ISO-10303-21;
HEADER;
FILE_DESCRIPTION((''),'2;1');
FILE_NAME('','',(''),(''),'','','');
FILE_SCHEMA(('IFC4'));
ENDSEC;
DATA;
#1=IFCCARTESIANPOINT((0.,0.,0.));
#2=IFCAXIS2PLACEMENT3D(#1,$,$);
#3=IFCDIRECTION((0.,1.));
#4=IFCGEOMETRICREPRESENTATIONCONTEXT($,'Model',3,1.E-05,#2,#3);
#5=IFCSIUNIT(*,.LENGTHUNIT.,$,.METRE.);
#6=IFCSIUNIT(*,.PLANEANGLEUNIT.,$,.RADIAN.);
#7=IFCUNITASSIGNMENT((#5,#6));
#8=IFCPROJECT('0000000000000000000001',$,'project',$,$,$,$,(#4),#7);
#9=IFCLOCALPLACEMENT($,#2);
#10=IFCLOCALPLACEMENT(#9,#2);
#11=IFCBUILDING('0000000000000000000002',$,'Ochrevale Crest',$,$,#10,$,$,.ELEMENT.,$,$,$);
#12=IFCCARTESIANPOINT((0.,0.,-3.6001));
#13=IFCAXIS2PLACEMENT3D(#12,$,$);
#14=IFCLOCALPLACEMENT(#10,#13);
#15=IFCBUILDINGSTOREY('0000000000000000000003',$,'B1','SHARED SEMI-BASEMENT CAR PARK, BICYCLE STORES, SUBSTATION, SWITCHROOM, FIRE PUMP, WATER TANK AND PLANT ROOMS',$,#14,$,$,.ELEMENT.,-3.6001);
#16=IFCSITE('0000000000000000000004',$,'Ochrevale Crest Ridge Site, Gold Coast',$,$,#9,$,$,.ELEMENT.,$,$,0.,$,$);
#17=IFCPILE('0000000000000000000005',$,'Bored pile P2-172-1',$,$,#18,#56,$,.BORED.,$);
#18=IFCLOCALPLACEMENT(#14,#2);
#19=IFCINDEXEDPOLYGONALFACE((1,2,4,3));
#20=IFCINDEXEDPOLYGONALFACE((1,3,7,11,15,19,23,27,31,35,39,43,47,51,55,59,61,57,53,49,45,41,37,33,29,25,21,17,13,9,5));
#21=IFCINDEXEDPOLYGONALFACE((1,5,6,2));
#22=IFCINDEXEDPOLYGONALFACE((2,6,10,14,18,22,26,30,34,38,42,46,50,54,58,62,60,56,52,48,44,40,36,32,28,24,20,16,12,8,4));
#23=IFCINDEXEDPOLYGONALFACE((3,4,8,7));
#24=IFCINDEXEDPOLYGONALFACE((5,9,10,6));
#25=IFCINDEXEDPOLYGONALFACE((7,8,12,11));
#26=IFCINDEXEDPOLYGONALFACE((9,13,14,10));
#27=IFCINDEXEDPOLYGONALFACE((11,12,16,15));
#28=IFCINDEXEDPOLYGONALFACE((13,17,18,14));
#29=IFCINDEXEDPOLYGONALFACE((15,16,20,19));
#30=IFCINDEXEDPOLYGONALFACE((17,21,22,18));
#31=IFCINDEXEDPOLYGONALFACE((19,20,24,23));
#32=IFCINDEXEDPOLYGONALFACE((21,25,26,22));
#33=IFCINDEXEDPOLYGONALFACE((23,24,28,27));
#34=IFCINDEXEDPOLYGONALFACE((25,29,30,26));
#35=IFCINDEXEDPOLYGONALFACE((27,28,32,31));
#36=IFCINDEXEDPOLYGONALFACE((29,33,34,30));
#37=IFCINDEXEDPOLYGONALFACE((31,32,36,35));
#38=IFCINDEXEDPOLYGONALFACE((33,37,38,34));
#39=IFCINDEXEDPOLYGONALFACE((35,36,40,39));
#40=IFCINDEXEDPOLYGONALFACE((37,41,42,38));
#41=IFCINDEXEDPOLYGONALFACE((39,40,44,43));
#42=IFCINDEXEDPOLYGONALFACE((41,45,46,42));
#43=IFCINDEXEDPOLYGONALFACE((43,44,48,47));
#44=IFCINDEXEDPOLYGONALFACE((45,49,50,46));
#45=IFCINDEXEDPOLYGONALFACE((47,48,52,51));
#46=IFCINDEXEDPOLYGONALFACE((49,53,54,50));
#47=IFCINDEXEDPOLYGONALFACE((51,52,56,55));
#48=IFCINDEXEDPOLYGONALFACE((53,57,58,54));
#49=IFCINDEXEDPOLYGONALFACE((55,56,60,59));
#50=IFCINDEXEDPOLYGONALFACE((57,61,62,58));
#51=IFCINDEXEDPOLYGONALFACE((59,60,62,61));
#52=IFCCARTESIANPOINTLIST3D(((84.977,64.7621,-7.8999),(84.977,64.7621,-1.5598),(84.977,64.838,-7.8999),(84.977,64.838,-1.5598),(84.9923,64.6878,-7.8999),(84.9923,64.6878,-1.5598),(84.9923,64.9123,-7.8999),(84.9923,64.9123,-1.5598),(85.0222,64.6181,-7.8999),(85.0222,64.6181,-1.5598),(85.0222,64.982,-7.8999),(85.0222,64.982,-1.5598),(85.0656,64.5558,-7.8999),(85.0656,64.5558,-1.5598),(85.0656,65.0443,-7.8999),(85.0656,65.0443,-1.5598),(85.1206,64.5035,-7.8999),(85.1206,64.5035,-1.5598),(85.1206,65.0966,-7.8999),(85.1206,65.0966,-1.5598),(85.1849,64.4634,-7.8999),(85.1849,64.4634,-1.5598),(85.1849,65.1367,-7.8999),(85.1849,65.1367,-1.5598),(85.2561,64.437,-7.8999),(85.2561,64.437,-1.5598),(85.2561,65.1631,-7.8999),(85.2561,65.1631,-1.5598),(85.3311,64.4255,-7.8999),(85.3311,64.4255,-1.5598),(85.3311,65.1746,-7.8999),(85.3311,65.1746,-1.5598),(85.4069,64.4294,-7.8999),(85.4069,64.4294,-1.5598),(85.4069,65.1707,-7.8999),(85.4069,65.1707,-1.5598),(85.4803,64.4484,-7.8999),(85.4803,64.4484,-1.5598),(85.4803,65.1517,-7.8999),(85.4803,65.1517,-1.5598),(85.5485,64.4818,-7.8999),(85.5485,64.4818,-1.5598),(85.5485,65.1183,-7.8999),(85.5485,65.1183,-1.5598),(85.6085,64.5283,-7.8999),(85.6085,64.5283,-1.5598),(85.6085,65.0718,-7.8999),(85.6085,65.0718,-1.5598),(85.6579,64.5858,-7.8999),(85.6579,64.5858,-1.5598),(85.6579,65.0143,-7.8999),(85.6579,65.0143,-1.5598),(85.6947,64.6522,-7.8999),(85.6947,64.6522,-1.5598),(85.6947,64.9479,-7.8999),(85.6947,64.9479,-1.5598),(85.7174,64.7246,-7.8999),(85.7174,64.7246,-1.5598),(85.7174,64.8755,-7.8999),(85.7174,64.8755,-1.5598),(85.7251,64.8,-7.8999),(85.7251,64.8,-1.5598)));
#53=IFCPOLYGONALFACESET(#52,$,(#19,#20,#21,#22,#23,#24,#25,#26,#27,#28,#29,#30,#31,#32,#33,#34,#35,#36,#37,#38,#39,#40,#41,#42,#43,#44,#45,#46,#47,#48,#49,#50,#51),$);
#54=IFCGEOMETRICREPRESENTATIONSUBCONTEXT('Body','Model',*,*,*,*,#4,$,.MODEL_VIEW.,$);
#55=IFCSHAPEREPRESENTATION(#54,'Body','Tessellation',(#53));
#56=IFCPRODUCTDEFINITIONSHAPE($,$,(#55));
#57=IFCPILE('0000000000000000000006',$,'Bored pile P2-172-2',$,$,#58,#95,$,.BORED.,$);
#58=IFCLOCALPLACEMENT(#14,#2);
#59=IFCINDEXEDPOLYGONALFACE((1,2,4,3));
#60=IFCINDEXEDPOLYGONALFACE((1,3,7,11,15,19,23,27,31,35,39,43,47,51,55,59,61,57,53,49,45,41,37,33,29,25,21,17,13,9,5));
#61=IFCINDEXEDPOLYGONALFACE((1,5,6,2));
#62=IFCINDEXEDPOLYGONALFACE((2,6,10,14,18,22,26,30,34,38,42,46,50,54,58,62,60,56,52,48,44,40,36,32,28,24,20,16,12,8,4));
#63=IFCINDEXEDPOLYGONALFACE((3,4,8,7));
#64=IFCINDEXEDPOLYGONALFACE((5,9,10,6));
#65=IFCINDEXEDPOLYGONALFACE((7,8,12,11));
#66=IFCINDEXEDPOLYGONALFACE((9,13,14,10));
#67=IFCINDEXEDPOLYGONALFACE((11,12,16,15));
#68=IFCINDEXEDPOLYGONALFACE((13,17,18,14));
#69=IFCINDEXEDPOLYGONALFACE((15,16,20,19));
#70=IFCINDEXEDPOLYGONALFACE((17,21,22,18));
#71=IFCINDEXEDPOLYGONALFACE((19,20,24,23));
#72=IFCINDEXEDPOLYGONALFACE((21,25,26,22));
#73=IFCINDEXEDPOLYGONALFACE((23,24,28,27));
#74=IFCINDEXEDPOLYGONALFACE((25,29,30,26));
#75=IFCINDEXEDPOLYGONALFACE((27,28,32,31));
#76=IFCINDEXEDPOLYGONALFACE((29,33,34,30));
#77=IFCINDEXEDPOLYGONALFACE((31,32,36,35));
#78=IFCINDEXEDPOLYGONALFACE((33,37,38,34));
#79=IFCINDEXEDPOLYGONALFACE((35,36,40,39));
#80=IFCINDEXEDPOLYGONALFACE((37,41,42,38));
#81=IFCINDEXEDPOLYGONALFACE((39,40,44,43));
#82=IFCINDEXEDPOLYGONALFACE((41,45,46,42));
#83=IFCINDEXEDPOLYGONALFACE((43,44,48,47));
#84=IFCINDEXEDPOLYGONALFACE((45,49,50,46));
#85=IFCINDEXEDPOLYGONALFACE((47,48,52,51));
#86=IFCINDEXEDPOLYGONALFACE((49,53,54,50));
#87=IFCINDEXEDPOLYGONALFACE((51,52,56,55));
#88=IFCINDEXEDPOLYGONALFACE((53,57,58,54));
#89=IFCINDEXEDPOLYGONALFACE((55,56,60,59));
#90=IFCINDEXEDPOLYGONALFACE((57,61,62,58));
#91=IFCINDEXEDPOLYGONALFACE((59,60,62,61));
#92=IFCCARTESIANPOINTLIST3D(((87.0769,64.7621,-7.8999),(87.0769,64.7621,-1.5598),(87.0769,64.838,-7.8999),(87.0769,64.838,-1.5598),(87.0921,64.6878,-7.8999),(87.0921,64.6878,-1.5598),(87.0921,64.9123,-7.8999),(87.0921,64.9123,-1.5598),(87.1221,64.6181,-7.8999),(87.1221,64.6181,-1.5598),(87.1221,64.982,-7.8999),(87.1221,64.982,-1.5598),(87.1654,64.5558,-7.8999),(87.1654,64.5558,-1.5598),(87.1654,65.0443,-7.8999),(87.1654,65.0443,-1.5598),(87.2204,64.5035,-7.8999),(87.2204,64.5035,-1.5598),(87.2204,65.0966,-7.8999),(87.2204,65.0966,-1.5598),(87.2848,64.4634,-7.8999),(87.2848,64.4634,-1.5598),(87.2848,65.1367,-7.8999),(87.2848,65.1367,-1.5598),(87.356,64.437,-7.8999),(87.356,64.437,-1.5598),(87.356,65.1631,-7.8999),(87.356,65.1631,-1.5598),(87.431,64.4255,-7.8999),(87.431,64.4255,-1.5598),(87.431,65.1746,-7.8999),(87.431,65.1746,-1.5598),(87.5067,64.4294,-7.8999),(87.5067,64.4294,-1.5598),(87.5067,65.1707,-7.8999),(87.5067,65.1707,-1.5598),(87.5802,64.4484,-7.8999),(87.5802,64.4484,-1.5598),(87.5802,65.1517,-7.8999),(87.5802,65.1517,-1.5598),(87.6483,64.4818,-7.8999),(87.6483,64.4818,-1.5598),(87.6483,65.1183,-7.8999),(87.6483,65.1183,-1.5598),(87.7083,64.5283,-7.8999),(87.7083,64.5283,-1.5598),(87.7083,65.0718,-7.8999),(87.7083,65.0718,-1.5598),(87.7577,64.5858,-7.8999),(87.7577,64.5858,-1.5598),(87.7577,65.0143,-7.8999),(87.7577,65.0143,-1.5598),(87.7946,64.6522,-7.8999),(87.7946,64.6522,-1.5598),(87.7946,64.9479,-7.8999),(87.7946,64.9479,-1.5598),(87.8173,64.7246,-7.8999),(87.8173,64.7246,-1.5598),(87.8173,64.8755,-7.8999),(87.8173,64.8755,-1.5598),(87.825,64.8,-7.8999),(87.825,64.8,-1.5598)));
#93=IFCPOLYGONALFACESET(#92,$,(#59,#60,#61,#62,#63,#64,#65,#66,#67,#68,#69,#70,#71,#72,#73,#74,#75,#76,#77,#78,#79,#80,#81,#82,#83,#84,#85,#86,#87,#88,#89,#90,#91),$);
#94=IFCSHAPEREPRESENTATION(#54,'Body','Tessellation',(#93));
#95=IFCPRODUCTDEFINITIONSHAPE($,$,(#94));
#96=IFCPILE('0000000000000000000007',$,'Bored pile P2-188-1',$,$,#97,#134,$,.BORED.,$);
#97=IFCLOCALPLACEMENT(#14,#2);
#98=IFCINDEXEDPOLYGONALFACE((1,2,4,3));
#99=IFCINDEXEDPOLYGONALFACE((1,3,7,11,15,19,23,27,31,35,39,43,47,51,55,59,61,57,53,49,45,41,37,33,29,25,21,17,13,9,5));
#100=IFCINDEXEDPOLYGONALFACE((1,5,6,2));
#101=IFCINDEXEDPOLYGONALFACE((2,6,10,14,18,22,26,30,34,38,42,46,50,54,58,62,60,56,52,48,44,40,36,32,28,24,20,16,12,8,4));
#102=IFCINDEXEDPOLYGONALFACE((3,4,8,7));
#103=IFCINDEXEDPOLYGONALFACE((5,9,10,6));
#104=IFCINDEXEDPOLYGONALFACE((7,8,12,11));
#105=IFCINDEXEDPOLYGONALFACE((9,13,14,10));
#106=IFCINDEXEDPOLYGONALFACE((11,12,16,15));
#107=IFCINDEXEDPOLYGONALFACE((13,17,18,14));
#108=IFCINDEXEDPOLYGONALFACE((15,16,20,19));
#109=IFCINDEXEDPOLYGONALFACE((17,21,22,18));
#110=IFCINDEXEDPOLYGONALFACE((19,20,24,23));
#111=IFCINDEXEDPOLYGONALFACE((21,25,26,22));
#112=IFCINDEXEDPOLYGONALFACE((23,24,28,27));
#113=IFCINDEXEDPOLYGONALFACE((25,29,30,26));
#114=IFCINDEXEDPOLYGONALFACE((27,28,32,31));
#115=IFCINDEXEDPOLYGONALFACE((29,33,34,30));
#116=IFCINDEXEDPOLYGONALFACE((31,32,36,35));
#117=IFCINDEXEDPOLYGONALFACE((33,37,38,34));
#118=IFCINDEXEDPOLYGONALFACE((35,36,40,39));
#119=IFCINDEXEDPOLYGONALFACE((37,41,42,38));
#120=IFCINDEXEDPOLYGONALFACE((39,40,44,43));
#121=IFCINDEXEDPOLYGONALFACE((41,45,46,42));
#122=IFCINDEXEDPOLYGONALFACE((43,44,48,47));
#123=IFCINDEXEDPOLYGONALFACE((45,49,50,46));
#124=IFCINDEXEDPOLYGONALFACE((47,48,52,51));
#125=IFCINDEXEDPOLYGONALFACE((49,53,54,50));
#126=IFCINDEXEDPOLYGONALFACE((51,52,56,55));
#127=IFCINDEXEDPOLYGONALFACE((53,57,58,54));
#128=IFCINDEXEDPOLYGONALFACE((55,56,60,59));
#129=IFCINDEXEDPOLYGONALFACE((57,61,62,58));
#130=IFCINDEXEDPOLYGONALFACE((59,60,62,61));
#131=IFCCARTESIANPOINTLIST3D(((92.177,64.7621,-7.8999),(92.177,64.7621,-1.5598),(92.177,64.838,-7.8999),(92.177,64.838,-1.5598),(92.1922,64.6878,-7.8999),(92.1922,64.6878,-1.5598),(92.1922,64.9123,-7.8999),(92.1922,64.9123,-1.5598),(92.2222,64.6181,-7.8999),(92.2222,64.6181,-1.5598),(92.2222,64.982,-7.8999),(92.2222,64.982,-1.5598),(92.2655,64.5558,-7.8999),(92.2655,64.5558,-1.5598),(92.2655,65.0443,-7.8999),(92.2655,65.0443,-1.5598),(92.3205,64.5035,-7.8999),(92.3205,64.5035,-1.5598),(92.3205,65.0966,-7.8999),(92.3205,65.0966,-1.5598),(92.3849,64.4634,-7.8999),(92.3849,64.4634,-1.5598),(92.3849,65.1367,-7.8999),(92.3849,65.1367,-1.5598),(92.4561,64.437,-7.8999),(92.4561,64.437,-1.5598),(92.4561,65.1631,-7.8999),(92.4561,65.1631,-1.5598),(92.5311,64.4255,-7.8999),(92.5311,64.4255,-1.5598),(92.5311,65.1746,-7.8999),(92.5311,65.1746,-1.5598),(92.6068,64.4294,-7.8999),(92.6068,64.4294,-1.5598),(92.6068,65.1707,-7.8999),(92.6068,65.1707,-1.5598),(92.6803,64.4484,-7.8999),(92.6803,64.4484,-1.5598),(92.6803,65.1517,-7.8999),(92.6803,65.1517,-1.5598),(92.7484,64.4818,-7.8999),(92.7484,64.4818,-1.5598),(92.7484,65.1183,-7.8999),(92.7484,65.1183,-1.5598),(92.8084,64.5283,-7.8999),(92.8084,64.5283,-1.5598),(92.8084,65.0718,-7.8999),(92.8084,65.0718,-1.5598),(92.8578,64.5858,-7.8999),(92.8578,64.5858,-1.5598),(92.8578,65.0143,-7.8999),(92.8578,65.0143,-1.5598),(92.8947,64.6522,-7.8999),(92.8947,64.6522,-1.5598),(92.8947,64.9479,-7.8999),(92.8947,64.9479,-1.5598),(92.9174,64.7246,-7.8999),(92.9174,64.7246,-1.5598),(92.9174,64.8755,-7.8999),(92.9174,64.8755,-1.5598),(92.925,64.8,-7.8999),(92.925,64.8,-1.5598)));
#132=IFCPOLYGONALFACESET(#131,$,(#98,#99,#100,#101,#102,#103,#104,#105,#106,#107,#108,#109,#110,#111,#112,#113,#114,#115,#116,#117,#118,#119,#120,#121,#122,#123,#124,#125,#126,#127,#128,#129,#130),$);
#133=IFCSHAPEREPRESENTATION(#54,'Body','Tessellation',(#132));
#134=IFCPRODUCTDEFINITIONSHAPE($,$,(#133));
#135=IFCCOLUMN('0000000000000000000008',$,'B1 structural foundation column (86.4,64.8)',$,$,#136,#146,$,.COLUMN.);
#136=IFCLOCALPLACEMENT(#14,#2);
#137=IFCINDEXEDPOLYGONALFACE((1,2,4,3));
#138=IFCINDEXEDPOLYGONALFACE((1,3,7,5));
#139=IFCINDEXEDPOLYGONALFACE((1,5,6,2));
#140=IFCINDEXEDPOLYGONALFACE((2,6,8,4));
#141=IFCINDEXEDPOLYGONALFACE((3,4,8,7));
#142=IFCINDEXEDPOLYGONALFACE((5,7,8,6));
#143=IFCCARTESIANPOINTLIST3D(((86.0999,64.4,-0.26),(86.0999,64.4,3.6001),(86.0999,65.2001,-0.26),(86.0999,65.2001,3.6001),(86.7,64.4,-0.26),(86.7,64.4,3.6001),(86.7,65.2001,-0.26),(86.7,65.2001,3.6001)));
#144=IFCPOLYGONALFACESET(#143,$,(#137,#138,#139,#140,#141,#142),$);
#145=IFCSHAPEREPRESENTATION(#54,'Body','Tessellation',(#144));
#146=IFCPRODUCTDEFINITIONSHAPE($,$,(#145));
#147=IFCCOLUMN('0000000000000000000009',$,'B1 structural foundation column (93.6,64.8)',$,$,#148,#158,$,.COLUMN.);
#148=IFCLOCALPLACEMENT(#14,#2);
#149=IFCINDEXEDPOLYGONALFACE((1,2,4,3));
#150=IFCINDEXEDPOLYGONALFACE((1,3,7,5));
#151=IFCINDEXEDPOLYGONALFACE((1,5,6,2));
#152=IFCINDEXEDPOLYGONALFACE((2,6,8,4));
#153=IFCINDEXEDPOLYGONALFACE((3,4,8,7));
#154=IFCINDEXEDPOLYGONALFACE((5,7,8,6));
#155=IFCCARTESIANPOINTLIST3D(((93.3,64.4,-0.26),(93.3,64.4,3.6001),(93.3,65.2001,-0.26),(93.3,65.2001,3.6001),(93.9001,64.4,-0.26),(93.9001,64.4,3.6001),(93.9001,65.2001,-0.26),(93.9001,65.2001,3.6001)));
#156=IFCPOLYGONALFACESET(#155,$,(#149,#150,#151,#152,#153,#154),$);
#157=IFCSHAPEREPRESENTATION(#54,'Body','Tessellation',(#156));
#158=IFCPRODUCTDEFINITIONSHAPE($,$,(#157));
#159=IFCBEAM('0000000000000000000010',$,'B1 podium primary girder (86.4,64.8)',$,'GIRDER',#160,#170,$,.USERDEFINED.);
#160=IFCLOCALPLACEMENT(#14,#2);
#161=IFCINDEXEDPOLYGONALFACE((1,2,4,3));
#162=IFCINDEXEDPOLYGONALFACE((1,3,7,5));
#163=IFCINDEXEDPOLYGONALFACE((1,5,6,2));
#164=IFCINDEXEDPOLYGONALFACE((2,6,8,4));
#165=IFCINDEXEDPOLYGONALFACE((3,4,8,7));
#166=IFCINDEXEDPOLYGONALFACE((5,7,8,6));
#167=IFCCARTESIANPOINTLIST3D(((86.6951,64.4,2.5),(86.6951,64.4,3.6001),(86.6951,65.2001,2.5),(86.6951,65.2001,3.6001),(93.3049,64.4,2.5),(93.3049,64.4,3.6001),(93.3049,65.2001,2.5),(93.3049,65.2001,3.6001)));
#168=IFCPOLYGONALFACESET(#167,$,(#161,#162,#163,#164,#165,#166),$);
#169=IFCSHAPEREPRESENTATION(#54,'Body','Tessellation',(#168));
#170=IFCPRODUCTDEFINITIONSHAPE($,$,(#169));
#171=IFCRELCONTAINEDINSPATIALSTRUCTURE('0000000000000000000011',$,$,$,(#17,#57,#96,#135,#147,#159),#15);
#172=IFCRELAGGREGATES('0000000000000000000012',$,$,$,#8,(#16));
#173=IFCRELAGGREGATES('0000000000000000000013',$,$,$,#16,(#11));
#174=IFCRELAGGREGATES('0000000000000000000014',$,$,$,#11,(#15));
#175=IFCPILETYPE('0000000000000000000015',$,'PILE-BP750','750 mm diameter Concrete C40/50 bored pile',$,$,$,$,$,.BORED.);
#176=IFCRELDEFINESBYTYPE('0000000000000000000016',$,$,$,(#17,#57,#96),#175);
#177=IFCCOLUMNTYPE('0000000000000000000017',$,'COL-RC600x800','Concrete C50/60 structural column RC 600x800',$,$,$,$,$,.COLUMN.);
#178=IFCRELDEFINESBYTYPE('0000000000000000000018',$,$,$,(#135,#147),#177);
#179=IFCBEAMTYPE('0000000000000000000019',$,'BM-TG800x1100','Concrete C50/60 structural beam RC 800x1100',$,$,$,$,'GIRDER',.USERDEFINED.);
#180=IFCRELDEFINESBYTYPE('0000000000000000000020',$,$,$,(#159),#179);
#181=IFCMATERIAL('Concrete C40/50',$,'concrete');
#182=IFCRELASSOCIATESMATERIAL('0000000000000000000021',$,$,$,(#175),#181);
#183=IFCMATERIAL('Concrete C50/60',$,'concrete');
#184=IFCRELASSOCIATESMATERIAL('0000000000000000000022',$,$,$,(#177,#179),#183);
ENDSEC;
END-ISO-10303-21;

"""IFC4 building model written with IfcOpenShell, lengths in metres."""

from ifc_helpers import new_model, si_unit, direction, frame, origin, origin_2d, place, context, subcontext, project, spatial, rectangle, circle, extrude, material, material_profile, profile_set, type_object, element, save


model = new_model("IFC4")

# Units and contexts
model_context = context("Model", 3, precision=1e-05, world=origin(), true_north=direction((0.0, 1.0)))
body_context = subcontext(model_context, "Body", "Model", "MODEL_VIEW")
ifc_project = project(units=[si_unit("LENGTHUNIT", "METRE"), si_unit("PLANEANGLEUNIT", "RADIAN")], contexts=[model_context])

# Site, building, storey
site_placement = place(None, origin())
site = spatial("IfcSite", under=ifc_project, at=site_placement, Name="Ochrevale Crest Ridge Site, Gold Coast", CompositionType="ELEMENT", RefElevation=0.0)
building_placement = place(site_placement, origin())
building = spatial("IfcBuilding", under=site, at=building_placement, Name="Ochrevale Crest", CompositionType="ELEMENT")
storey_placement = place(building_placement, frame((0.0, 0.0, -3.6001)))
storey = spatial("IfcBuildingStorey", under=building, at=storey_placement, Name="B1", Description="SHARED SEMI-BASEMENT CAR PARK, BICYCLE STORES, SUBSTATION, SWITCHROOM, FIRE PUMP, WATER TANK AND PLANT ROOMS", CompositionType="ELEMENT", Elevation=-3.6001)

# Shared definitions
ifc_material_1 = material(Name="Concrete C40/50", Category="concrete")

# Piles
ifc_material_profile_1 = material_profile(ifc_material_1, circle(Radius=0.375, at=origin_2d()), Name="BORED PILE 750")
ifc_profile_set_1 = profile_set([ifc_material_profile_1], Name="Concrete C40/50")
pile_type = type_object("IfcPileType", Name="PILE-BP750", Description="750 mm diameter Concrete C40/50 bored pile", PredefinedType="BORED", material=ifc_profile_set_1)
for number, where, z_axis, x_axis, name in (
    (1, (85.3501, 64.8, -1.5598), (0.0, 0.0, -1.0), (1.0, 0.0, 0.0), "Bored pile P2-172-1"),
    (2, (87.45, 64.8, -1.5598), (0.0, 0.0, -1.0), (1.0, 0.0, 0.0), "Bored pile P2-172-2"),
    (3, (92.55, 64.8, -1.5598), (0.0, 0.0, -1.0), (1.0, 0.0, 0.0), "Bored pile P2-188-1"),
):
    element("IfcPile", number, at=place(storey_placement, frame(where, z_axis=z_axis, x_axis=x_axis)), inside=storey, type_object=pile_type, Name=name, PredefinedType="BORED", context=body_context, shape_type="SweptSolid", body=[
        extrude(circle(Radius=0.375, at=origin_2d()), origin(), (0.0, 0.0, 1.0), 6.3401),
    ])

# Columns
ifc_material_2 = material(Name="Concrete C50/60", Category="concrete")
ifc_material_profile_2 = material_profile(ifc_material_2, rectangle(XDim=0.6001, YDim=0.8, at=origin_2d()), Name="RC 600x800")
ifc_profile_set_2 = profile_set([ifc_material_profile_2], Name="Concrete C50/60")
column_type = type_object("IfcColumnType", Name="COL-RC600x800", Description="Concrete C50/60 structural column RC 600x800", PredefinedType="COLUMN", material=ifc_profile_set_2)
for number, where, z_axis, x_axis, name in (
    (4, (86.3999, 64.8, -0.26), (0.0, 0.0, 1.0), (1.0, 0.0, 0.0), "B1 structural foundation column (86.4,64.8)"),
    (5, (93.6001, 64.8, -0.26), (0.0, 0.0, 1.0), (1.0, 0.0, 0.0), "B1 structural foundation column (93.6,64.8)"),
):
    element("IfcColumn", number, at=place(storey_placement, frame(where, z_axis=z_axis, x_axis=x_axis)), inside=storey, type_object=column_type, Name=name, PredefinedType="COLUMN", context=body_context, shape_type="SweptSolid", body=[
        extrude(rectangle(XDim=0.6001, YDim=0.8, at=origin_2d()), origin(), (0.0, 0.0, 1.0), 3.8601),
    ])

# Beam
ifc_material_profile_3 = material_profile(ifc_material_2, rectangle(XDim=0.8, YDim=1.1001, at=origin_2d()), Name="RC 800x1100")
ifc_profile_set_3 = profile_set([ifc_material_profile_3], Name="Concrete C50/60")
beam_type_1 = type_object("IfcBeamType", Name="BM-TG800x1100", Description="Concrete C50/60 structural beam RC 800x1100", ElementType="GIRDER", PredefinedType="USERDEFINED", material=ifc_profile_set_3)
beam_placement = place(storey_placement, frame((86.6951, 64.8, 3.05), z_axis=(1.0, 0.0, 0.0), x_axis=(0.0, 1.0, 0.0)))
element("IfcBeam", 6, at=beam_placement, inside=storey, type_object=beam_type_1, Name="B1 podium primary girder (86.4,64.8)", ObjectType="GIRDER", PredefinedType="USERDEFINED", context=body_context, shape_type="SweptSolid", body=[
    extrude(rectangle(XDim=0.8, YDim=1.1001, at=origin_2d()), origin(), (0.0, 0.0, 1.0), 6.6099),
])

save(model, "model.ifc")
